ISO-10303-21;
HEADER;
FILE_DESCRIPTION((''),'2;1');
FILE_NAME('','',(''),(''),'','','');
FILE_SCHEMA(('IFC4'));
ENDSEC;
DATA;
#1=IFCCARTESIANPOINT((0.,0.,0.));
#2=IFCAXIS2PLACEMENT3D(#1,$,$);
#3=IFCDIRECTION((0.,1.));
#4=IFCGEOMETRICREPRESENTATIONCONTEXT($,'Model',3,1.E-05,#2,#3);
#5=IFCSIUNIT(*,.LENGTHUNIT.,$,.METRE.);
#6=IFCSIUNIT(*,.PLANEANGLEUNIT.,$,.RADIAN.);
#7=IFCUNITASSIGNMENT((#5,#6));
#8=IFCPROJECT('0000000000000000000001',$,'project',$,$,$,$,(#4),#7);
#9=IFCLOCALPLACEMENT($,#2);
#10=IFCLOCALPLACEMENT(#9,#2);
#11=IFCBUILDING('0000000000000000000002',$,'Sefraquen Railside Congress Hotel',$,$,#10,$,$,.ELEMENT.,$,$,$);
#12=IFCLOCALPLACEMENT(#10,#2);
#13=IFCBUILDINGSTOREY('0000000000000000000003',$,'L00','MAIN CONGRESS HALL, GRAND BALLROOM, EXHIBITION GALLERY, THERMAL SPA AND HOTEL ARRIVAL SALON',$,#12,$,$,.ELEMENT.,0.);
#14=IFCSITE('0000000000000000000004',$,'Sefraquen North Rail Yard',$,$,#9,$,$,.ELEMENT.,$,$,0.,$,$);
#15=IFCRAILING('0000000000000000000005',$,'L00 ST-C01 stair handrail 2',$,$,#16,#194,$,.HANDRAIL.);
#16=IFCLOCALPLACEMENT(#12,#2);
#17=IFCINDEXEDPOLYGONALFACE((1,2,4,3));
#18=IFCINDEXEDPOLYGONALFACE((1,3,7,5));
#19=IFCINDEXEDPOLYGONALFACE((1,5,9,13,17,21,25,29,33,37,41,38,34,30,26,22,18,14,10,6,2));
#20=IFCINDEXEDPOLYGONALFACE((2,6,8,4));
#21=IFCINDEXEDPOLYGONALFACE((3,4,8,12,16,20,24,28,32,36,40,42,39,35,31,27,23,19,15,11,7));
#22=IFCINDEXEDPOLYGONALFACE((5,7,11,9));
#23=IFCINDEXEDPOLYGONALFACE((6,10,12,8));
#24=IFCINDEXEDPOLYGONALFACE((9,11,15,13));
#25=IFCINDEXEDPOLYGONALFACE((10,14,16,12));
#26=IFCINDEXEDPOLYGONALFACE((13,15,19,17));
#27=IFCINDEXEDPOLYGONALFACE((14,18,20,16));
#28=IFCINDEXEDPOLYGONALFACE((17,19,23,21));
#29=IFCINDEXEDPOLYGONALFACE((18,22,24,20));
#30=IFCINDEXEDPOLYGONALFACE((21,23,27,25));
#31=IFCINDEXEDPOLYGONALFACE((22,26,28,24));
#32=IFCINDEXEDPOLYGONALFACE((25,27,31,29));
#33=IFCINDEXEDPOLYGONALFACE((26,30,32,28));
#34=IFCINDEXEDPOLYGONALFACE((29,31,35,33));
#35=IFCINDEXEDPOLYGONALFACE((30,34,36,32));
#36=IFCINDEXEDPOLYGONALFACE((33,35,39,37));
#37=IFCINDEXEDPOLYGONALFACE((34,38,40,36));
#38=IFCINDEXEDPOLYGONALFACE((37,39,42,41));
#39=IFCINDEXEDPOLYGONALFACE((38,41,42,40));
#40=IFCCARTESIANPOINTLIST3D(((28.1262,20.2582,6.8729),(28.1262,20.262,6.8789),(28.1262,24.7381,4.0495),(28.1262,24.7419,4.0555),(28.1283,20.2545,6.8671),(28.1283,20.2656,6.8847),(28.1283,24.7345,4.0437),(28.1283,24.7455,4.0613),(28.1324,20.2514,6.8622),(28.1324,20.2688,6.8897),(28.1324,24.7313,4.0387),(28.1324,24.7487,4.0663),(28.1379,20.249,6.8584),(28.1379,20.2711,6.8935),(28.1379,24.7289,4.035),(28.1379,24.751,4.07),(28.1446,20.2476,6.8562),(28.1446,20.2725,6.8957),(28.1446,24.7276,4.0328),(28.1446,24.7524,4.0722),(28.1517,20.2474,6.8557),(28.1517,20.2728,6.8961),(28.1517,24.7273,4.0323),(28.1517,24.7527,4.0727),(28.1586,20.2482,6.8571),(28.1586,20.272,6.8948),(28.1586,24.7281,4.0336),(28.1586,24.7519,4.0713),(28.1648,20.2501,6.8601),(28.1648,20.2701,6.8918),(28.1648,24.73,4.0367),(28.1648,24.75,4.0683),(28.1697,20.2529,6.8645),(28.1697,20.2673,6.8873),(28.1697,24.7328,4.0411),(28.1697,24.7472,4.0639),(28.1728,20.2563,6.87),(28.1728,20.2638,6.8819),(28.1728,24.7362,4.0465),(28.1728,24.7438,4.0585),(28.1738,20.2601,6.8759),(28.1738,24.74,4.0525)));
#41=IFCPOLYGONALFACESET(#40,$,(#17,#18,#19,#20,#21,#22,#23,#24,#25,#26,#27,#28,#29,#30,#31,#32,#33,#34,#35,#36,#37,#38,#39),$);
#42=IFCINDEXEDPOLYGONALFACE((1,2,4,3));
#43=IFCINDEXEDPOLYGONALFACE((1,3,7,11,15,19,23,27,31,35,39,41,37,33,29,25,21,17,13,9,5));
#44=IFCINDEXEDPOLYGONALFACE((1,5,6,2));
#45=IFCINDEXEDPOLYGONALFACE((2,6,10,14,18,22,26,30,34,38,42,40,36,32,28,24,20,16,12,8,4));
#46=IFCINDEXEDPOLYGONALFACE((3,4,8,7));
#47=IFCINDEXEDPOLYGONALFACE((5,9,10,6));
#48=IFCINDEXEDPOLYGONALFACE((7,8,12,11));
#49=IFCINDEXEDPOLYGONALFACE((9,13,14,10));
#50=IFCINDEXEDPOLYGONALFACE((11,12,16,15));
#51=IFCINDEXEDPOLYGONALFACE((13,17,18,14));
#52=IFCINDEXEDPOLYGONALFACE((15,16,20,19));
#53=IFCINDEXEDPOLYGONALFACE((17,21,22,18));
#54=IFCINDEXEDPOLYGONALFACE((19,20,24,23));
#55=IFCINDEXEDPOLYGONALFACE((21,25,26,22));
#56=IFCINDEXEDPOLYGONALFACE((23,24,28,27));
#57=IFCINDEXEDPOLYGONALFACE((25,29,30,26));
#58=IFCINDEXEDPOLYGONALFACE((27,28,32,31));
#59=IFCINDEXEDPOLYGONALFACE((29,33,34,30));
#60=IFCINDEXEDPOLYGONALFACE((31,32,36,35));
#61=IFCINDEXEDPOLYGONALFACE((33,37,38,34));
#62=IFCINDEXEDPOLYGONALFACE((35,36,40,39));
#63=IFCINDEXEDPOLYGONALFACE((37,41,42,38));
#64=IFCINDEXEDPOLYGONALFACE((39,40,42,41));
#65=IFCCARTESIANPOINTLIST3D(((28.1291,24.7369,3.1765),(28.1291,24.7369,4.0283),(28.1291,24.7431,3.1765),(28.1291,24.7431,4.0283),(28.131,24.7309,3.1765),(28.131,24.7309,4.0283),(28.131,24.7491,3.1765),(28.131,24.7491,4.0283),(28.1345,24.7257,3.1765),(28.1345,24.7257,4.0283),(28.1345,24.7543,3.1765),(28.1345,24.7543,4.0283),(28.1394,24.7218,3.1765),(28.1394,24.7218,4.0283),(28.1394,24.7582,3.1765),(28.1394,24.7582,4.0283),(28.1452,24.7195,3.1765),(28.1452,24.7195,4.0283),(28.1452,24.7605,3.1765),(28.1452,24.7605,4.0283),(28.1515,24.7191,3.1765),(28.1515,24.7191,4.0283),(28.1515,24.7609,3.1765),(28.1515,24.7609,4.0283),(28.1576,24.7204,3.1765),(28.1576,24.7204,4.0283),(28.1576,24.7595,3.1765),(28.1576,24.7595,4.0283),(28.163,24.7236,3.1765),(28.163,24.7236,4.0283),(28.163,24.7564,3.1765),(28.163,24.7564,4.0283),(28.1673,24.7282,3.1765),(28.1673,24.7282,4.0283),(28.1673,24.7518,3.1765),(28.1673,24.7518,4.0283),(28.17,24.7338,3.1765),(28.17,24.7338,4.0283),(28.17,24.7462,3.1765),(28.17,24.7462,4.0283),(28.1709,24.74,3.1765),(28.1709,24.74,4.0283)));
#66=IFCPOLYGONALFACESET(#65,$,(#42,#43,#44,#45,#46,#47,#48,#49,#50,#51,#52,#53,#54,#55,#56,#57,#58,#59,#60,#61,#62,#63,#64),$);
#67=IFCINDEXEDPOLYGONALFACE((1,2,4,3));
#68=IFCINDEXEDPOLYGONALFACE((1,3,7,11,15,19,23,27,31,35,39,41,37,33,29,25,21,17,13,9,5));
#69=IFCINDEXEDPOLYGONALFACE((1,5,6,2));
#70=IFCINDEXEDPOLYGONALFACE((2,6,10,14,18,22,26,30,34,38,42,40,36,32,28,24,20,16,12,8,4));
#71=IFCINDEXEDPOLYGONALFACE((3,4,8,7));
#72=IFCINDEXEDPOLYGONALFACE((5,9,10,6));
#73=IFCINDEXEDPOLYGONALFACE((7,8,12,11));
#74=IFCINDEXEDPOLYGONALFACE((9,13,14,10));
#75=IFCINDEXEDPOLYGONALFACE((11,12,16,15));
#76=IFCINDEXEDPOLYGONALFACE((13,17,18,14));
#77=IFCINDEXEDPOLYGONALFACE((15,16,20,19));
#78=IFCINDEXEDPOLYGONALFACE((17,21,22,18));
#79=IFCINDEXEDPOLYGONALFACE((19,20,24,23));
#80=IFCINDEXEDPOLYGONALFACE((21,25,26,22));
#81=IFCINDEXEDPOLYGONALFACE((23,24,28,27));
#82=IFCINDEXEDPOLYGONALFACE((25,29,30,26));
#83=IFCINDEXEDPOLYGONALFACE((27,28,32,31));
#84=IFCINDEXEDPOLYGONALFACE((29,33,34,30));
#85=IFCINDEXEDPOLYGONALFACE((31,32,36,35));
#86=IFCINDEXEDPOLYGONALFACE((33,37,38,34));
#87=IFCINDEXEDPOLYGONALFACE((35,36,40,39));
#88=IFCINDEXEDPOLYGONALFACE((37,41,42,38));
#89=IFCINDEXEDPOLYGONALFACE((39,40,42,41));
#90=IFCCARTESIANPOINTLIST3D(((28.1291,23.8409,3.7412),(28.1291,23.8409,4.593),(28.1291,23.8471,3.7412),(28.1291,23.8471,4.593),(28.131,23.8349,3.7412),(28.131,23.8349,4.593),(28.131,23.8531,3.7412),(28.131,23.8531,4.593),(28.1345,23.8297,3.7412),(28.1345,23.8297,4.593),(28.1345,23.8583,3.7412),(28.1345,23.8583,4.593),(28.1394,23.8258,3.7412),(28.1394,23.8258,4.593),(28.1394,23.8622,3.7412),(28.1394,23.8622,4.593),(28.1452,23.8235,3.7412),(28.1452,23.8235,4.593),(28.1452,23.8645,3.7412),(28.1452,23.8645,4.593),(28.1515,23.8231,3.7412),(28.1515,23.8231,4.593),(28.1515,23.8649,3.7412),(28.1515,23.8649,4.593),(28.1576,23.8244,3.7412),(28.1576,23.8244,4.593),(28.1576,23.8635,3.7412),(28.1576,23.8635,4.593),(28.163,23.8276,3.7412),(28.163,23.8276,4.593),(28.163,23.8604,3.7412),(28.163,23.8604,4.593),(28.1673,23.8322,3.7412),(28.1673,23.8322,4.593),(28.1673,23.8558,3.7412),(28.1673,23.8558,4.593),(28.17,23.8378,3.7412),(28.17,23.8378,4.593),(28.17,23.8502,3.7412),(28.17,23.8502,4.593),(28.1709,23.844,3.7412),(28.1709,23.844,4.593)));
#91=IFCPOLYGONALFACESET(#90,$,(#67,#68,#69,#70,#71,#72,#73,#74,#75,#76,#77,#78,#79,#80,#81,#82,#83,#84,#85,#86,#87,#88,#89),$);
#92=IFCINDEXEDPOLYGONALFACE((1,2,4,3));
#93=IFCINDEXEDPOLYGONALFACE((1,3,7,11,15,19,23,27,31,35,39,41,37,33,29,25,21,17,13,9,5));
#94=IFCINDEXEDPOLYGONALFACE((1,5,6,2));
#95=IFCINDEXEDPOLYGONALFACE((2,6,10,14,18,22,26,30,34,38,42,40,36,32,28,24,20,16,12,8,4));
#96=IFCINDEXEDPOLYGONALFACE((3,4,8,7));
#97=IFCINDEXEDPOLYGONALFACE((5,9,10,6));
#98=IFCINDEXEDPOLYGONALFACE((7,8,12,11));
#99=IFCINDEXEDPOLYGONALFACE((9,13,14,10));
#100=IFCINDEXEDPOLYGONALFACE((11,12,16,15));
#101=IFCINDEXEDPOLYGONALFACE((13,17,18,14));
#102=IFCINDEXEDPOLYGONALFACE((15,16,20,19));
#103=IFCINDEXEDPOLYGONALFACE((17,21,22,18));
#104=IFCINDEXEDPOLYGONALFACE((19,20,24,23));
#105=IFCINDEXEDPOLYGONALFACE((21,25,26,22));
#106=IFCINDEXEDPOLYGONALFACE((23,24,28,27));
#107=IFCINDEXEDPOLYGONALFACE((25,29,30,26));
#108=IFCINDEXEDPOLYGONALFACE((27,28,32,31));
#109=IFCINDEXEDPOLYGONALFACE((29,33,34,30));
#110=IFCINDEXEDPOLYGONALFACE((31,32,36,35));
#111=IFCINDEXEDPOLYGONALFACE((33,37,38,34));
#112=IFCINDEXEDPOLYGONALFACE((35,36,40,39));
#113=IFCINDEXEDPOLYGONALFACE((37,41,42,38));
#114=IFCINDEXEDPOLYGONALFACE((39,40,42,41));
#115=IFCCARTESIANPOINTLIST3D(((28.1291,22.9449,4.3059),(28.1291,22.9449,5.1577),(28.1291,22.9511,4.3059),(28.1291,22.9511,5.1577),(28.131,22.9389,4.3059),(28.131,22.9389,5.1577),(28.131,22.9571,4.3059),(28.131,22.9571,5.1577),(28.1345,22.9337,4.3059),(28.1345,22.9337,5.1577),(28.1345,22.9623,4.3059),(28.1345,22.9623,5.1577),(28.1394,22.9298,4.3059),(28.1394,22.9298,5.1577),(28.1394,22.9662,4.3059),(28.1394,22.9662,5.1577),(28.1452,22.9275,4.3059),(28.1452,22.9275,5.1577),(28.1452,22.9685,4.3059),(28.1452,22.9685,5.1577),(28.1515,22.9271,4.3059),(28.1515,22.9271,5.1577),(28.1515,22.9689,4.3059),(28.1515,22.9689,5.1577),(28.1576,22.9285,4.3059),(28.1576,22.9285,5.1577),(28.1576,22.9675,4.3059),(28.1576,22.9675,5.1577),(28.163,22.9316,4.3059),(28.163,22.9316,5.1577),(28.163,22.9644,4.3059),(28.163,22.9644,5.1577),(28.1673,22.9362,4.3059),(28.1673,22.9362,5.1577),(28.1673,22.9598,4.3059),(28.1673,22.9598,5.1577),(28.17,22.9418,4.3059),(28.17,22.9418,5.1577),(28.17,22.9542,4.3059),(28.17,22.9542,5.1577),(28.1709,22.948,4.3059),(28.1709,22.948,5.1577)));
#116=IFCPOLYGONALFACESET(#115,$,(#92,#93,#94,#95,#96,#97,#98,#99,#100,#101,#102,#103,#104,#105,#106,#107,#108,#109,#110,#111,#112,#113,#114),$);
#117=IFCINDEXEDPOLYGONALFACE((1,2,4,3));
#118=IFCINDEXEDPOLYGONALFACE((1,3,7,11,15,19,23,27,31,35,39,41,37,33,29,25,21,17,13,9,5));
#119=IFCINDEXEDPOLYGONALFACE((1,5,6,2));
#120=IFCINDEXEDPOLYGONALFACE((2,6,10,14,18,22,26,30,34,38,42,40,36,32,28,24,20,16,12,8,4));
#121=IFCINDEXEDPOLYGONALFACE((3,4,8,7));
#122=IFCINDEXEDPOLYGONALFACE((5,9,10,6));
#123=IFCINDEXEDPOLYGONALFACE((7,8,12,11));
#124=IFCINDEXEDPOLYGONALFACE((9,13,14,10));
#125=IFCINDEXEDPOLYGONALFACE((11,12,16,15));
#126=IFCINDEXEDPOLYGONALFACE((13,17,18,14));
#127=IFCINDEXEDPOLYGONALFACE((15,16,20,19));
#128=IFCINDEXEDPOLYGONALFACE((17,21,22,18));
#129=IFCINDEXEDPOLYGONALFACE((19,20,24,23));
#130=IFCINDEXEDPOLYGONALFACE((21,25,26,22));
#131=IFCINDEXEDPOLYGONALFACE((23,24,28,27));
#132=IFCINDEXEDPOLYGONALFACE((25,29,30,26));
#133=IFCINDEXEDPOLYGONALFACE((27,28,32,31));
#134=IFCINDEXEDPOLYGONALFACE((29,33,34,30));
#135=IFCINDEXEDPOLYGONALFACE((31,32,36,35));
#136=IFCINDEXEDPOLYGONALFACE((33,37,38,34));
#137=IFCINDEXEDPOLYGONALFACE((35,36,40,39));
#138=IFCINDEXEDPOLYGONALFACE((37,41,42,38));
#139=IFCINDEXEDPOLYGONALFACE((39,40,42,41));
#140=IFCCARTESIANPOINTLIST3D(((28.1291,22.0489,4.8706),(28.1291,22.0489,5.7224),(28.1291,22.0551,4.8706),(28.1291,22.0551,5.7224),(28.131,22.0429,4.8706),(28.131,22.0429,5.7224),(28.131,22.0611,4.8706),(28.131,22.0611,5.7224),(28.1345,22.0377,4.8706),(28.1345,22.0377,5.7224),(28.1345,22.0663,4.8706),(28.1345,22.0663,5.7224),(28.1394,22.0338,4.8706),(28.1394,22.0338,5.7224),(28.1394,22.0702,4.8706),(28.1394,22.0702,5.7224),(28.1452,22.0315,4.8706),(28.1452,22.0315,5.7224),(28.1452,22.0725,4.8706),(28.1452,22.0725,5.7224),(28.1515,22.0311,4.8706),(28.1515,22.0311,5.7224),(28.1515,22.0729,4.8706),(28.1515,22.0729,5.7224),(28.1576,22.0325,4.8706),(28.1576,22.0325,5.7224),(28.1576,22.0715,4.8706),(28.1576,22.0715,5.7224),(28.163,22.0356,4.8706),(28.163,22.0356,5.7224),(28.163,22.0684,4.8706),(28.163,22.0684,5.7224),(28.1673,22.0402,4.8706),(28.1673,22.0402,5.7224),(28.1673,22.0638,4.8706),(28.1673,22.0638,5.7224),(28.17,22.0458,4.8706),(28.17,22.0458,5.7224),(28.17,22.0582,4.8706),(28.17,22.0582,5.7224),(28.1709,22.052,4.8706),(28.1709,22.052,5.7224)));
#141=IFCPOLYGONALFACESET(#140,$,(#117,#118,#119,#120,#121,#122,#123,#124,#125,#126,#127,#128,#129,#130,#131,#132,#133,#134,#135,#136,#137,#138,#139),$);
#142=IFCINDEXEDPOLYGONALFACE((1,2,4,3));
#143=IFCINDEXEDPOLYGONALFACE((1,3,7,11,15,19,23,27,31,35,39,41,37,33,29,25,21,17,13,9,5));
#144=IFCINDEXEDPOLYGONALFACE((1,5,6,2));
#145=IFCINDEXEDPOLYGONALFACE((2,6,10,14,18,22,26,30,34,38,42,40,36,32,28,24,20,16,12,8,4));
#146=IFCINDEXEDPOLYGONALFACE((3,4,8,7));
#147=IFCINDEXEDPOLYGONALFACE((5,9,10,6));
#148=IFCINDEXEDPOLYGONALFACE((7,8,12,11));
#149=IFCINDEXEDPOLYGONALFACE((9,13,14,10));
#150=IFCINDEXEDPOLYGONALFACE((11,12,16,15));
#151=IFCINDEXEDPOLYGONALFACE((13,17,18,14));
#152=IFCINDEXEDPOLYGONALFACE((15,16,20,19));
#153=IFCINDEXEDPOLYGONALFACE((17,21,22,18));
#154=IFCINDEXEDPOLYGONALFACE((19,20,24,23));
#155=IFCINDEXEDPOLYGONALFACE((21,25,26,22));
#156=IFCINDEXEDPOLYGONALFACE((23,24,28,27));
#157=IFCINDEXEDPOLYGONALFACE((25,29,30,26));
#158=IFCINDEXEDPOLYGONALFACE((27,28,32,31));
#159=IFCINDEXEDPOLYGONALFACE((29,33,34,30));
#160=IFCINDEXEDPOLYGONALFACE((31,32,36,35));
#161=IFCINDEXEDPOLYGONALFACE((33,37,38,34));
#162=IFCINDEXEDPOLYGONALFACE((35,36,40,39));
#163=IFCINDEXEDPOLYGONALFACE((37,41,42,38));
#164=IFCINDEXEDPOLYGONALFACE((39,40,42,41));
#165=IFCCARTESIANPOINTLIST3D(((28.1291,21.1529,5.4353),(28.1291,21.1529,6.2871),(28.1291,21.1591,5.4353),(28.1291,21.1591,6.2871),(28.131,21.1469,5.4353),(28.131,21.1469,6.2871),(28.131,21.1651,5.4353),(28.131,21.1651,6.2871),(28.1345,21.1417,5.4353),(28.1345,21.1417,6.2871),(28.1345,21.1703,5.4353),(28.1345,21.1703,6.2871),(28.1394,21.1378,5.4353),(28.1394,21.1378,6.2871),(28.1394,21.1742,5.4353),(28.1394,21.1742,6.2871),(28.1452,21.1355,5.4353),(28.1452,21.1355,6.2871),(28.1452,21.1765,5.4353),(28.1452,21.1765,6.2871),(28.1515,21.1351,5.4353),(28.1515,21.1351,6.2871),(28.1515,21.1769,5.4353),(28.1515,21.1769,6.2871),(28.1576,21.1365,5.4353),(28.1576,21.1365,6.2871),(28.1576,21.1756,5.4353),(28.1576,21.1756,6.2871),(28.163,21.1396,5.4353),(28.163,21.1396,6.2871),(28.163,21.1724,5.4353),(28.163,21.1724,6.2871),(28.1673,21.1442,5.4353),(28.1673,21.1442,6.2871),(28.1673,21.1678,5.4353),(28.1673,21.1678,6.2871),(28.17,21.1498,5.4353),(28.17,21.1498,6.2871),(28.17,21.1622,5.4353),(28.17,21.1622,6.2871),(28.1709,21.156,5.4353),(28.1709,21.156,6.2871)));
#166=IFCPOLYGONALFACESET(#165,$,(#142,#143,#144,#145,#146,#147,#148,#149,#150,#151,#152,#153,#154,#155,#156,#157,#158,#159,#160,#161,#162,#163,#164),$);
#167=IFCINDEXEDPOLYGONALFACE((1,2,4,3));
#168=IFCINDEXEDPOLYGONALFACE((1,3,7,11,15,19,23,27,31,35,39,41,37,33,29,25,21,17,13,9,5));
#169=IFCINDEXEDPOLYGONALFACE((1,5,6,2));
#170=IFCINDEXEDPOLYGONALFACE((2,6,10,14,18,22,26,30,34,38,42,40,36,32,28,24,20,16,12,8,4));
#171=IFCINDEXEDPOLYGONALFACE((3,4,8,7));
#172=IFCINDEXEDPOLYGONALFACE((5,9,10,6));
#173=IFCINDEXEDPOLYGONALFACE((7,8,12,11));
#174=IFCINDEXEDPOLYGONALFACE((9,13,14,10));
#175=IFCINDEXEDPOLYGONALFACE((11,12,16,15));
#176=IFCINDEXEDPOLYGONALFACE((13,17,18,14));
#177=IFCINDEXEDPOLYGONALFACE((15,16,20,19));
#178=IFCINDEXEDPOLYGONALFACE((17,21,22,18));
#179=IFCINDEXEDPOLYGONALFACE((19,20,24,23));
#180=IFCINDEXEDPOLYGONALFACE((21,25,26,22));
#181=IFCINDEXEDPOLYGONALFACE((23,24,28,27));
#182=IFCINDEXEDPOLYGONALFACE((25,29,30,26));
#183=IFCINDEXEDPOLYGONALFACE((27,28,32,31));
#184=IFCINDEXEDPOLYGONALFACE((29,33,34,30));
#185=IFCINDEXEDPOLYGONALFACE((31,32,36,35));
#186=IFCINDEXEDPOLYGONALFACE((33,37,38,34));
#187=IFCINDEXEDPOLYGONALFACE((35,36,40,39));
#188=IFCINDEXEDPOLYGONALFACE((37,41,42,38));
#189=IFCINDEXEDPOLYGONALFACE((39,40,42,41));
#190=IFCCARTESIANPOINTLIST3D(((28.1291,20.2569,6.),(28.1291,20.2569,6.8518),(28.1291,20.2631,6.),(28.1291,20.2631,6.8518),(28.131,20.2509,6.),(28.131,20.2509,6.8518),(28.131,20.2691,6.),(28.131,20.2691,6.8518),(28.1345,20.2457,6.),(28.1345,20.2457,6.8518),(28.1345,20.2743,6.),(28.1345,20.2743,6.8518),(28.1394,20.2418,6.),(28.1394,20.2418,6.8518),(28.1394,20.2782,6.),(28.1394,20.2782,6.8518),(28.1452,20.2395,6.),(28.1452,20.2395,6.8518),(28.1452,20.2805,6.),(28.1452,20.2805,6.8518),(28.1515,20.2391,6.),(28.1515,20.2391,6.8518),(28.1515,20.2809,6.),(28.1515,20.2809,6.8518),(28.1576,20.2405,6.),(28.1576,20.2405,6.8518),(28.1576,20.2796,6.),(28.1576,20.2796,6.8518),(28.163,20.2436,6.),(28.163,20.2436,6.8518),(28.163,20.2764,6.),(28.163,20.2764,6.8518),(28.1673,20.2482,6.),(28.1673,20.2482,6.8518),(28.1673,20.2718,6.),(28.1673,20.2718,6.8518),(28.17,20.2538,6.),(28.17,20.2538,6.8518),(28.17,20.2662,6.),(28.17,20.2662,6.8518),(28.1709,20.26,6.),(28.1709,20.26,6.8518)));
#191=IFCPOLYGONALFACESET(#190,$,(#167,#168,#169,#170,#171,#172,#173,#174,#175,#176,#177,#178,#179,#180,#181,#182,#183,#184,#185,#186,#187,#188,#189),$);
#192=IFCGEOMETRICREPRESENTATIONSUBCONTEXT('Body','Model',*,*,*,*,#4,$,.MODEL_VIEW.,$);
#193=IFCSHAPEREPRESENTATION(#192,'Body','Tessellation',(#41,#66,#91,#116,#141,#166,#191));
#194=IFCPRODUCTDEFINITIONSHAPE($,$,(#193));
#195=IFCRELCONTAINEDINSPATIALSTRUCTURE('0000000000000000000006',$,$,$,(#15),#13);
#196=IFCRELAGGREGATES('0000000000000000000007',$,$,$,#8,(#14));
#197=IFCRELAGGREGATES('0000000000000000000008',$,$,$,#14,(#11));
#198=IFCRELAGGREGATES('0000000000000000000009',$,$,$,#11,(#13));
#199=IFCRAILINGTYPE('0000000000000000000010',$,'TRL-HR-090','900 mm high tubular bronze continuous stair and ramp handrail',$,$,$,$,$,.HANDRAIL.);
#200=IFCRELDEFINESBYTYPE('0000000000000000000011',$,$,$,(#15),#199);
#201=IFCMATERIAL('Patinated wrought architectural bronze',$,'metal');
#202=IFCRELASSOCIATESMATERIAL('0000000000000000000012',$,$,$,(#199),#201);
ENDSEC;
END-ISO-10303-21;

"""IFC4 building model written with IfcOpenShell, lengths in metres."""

from ifc_helpers import new_model, si_unit, direction, frame, origin, origin_2d, place, context, subcontext, project, spatial, circle, extrude, material, type_object, element, save


model = new_model("IFC4")

# Units and contexts
model_context = context("Model", 3, precision=1e-05, world=origin(), true_north=direction((0.0, 1.0)))
body_context = subcontext(model_context, "Body", "Model", "MODEL_VIEW")
ifc_project = project(units=[si_unit("LENGTHUNIT", "METRE"), si_unit("PLANEANGLEUNIT", "RADIAN")], contexts=[model_context])

# Site, building, storey
site_placement = place(None, origin())
site = spatial("IfcSite", under=ifc_project, at=site_placement, Name="Sefraquen North Rail Yard", CompositionType="ELEMENT", RefElevation=0.0)
building_placement = place(site_placement, origin())
building = spatial("IfcBuilding", under=site, at=building_placement, Name="Sefraquen Railside Congress Hotel", CompositionType="ELEMENT")
storey_placement = place(building_placement, origin())
storey = spatial("IfcBuildingStorey", under=building, at=storey_placement, Name="L00", Description="MAIN CONGRESS HALL, GRAND BALLROOM, EXHIBITION GALLERY, THERMAL SPA AND HOTEL ARRIVAL SALON", CompositionType="ELEMENT", Elevation=0.0)

# Shared definitions
ifc_material_1 = material(Name="Patinated wrought architectural bronze", Category="metal")

# Railing
railing_type_1 = type_object("IfcRailingType", Name="TRL-HR-090", Description="900 mm high tubular bronze continuous stair and ramp handrail", PredefinedType="HANDRAIL", material=ifc_material_1)
railing_1_placement = place(storey_placement, frame((28.1499, 24.74, 3.1765)))
element("IfcRailing", 1, at=railing_1_placement, inside=storey, type_object=railing_type_1, Name="L00 ST-C01 stair handrail 2", PredefinedType="HANDRAIL", context=body_context, shape_type="SweptSolid", body=[
    extrude(circle(Radius=0.0239, at=origin_2d()), frame((0.0, 0.0, 0.876), z_axis=(0.0, -0.845998, 0.533186), x_axis=(1.0, 0.0, 0.0)), (0.0, 0.0, 1.0), 5.2954),
    extrude(circle(Radius=0.021, at=origin_2d()), origin(), (0.0, 0.0, 1.0), 0.8518),
    extrude(circle(Radius=0.021, at=origin_2d()), frame((0.0, -0.896, 0.5647)), (0.0, 0.0, 1.0), 0.8518),
    extrude(circle(Radius=0.021, at=origin_2d()), frame((0.0, -1.792, 1.1294)), (0.0, 0.0, 1.0), 0.8518),
    extrude(circle(Radius=0.021, at=origin_2d()), frame((0.0, -2.688, 1.6941)), (0.0, 0.0, 1.0), 0.8518),
    extrude(circle(Radius=0.021, at=origin_2d()), frame((0.0, -3.584, 2.2588)), (0.0, 0.0, 1.0), 0.8518),
    extrude(circle(Radius=0.021, at=origin_2d()), frame((0.0, -4.48, 2.8235)), (0.0, 0.0, 1.0), 0.8518),
])

save(model, "model.ifc")
